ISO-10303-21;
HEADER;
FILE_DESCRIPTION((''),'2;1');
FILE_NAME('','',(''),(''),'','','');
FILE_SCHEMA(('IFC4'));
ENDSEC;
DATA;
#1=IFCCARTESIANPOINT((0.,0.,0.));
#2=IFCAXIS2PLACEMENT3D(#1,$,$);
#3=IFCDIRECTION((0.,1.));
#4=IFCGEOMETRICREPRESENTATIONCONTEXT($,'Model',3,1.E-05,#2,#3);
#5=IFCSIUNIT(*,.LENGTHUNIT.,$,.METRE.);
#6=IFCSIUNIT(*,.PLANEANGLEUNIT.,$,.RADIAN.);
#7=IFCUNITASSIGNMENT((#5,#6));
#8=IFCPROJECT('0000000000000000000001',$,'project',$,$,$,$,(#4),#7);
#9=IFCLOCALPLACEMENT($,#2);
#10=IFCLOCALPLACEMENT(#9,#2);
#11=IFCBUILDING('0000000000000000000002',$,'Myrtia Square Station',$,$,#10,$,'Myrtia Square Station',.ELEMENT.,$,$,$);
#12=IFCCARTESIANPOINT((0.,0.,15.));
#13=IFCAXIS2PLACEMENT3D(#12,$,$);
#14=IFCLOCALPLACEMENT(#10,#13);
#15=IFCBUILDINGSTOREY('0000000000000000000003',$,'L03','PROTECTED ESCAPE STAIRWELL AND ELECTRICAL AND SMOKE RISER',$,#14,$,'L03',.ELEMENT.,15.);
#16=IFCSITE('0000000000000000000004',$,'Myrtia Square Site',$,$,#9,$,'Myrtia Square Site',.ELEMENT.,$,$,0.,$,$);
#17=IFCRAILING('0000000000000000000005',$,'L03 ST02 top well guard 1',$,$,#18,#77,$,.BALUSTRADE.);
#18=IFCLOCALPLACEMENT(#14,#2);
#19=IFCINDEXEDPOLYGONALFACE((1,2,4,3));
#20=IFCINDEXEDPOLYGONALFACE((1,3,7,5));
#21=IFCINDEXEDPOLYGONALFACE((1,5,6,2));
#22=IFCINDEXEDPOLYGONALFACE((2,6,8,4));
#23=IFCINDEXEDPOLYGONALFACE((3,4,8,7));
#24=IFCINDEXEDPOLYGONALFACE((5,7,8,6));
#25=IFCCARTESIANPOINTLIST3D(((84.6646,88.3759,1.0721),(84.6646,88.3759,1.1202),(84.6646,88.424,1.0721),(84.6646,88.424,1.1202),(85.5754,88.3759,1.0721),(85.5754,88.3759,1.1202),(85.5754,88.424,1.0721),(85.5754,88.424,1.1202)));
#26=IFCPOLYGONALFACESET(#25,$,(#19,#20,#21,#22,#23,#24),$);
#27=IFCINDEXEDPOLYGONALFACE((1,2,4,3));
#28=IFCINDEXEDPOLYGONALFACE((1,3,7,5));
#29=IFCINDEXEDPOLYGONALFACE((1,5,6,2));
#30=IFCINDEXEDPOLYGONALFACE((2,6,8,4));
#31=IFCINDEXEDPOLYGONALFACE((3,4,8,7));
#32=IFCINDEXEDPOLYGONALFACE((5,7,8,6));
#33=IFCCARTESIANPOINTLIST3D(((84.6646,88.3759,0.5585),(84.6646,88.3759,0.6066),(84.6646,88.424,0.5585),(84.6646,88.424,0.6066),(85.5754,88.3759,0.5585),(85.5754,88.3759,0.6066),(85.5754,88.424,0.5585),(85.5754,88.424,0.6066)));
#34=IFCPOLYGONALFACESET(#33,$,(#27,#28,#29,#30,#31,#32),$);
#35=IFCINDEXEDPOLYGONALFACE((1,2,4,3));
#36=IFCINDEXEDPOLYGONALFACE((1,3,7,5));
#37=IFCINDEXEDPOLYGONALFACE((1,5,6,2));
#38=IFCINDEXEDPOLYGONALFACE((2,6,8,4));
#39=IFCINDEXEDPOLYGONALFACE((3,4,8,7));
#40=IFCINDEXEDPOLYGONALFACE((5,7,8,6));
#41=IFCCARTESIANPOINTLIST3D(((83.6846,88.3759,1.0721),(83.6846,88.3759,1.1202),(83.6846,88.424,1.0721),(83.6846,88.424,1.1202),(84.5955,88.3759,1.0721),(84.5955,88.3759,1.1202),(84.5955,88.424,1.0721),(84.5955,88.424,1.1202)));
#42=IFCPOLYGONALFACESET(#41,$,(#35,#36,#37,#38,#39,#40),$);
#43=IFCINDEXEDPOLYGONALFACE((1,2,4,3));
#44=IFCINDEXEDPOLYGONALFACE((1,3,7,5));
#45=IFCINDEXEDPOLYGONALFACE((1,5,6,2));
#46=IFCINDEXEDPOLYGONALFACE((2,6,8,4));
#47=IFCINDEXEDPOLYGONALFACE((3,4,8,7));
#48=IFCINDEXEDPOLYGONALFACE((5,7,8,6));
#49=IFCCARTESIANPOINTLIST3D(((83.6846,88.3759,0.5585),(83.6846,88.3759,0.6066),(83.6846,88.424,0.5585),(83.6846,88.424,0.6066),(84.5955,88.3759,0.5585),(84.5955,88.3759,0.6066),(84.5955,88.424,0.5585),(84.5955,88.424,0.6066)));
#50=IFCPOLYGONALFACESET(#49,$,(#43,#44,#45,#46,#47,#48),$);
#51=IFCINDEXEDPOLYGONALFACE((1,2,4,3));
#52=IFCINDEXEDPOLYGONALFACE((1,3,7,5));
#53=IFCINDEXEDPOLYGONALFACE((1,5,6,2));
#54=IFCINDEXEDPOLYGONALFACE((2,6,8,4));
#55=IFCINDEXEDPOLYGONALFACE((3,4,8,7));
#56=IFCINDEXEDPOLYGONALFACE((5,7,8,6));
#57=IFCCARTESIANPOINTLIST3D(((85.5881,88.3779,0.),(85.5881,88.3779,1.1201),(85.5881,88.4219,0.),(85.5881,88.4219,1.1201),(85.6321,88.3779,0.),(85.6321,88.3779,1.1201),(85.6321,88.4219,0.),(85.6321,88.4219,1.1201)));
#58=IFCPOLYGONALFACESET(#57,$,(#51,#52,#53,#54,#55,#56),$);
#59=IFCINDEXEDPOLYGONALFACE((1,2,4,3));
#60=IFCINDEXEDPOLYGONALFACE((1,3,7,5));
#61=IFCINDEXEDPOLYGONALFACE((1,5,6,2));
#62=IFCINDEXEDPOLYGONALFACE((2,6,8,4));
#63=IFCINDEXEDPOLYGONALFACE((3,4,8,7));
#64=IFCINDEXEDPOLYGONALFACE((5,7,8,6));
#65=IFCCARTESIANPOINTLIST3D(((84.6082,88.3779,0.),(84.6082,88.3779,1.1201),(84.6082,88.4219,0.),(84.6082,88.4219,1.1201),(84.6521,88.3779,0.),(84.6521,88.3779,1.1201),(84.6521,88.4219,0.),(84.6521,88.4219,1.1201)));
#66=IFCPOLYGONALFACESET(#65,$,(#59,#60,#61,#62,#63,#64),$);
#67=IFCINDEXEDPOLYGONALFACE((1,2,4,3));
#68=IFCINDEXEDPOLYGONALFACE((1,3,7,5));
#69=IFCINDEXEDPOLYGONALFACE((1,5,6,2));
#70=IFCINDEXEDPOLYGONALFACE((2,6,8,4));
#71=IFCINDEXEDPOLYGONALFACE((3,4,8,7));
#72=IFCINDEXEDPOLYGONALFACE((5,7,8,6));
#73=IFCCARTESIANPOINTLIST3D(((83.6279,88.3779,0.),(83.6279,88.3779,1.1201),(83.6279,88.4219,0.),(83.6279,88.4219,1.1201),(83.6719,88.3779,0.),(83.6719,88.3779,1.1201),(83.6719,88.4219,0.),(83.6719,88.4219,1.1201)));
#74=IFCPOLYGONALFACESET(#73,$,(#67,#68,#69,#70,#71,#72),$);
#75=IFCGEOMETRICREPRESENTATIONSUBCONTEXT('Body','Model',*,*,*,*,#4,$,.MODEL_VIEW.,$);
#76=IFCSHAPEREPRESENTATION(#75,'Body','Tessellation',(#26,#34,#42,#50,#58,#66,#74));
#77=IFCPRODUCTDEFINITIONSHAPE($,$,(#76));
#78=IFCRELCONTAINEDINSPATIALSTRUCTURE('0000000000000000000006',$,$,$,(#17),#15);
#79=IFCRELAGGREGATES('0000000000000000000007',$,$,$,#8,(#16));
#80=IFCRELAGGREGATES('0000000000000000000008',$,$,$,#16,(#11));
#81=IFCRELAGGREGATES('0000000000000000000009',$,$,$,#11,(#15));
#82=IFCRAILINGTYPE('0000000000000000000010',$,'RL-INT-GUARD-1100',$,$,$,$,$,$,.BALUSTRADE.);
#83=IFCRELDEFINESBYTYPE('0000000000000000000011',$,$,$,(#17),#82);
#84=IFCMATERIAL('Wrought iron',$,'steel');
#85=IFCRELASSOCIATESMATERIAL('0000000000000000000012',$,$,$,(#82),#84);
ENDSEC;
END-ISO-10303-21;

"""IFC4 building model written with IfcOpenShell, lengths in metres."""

from ifc_helpers import new_model, si_unit, direction, frame, origin, origin_2d, place, context, subcontext, project, spatial, rectangle, extrude, material, type_object, element, save


model = new_model("IFC4")

# Units and contexts
model_context = context("Model", 3, precision=1e-05, world=origin(), true_north=direction((0.0, 1.0)))
body_context = subcontext(model_context, "Body", "Model", "MODEL_VIEW")
ifc_project = project(units=[si_unit("LENGTHUNIT", "METRE"), si_unit("PLANEANGLEUNIT", "RADIAN")], contexts=[model_context])

# Site, building, storey
site_placement = place(None, origin())
site = spatial("IfcSite", under=ifc_project, at=site_placement, Name="Myrtia Square Site", LongName="Myrtia Square Site", CompositionType="ELEMENT", RefElevation=0.0)
building_placement = place(site_placement, origin())
building = spatial("IfcBuilding", under=site, at=building_placement, Name="Myrtia Square Station", LongName="Myrtia Square Station", CompositionType="ELEMENT")
storey_placement = place(building_placement, frame((0.0, 0.0, 15.0)))
storey = spatial("IfcBuildingStorey", under=building, at=storey_placement, Name="L03", Description="PROTECTED ESCAPE STAIRWELL AND ELECTRICAL AND SMOKE RISER", LongName="L03", CompositionType="ELEMENT", Elevation=15.0)

# Railing
ifc_material_1 = material(Name="Wrought iron", Category="steel")
railing_type = type_object("IfcRailingType", Name="RL-INT-GUARD-1100", PredefinedType="BALUSTRADE", material=ifc_material_1)
railing_placement = place(storey_placement, frame((85.6101, 88.3999, 0.0)))
element("IfcRailing", 1, at=railing_placement, inside=storey, type_object=railing_type, Name="L03 ST02 top well guard 1", PredefinedType="BALUSTRADE", context=body_context, shape_type="SweptSolid", body=[
    extrude(rectangle(XDim=0.0481, YDim=0.0481, at=origin_2d()), frame((-0.0347, 0.0, 1.0962), z_axis=(-1.0, 0.0, 0.0), x_axis=(0.0, -1.0, 0.0)), (0.0, 0.0, 1.0), 0.9109),
    extrude(rectangle(XDim=0.0481, YDim=0.0481, at=origin_2d()), frame((-0.0347, 0.0, 0.5825), z_axis=(-1.0, 0.0, 0.0), x_axis=(0.0, -1.0, 0.0)), (0.0, 0.0, 1.0), 0.9109),
    extrude(rectangle(XDim=0.0481, YDim=0.0481, at=origin_2d()), frame((-1.0146, 0.0, 1.0962), z_axis=(-1.0, 0.0, 0.0), x_axis=(0.0, -1.0, 0.0)), (0.0, 0.0, 1.0), 0.9109),
    extrude(rectangle(XDim=0.0481, YDim=0.0481, at=origin_2d()), frame((-1.0146, 0.0, 0.5825), z_axis=(-1.0, 0.0, 0.0), x_axis=(0.0, -1.0, 0.0)), (0.0, 0.0, 1.0), 0.9109),
    extrude(rectangle(XDim=0.0439, YDim=0.0439, at=origin_2d()), origin(), (0.0, 0.0, 1.0), 1.1201),
    extrude(rectangle(XDim=0.0439, YDim=0.0439, at=origin_2d()), frame((-0.98, 0.0, 0.0)), (0.0, 0.0, 1.0), 1.1201),
    extrude(rectangle(XDim=0.0439, YDim=0.0439, at=origin_2d()), frame((-1.9602, 0.0, 0.0)), (0.0, 0.0, 1.0), 1.1201),
])

save(model, "model.ifc")
